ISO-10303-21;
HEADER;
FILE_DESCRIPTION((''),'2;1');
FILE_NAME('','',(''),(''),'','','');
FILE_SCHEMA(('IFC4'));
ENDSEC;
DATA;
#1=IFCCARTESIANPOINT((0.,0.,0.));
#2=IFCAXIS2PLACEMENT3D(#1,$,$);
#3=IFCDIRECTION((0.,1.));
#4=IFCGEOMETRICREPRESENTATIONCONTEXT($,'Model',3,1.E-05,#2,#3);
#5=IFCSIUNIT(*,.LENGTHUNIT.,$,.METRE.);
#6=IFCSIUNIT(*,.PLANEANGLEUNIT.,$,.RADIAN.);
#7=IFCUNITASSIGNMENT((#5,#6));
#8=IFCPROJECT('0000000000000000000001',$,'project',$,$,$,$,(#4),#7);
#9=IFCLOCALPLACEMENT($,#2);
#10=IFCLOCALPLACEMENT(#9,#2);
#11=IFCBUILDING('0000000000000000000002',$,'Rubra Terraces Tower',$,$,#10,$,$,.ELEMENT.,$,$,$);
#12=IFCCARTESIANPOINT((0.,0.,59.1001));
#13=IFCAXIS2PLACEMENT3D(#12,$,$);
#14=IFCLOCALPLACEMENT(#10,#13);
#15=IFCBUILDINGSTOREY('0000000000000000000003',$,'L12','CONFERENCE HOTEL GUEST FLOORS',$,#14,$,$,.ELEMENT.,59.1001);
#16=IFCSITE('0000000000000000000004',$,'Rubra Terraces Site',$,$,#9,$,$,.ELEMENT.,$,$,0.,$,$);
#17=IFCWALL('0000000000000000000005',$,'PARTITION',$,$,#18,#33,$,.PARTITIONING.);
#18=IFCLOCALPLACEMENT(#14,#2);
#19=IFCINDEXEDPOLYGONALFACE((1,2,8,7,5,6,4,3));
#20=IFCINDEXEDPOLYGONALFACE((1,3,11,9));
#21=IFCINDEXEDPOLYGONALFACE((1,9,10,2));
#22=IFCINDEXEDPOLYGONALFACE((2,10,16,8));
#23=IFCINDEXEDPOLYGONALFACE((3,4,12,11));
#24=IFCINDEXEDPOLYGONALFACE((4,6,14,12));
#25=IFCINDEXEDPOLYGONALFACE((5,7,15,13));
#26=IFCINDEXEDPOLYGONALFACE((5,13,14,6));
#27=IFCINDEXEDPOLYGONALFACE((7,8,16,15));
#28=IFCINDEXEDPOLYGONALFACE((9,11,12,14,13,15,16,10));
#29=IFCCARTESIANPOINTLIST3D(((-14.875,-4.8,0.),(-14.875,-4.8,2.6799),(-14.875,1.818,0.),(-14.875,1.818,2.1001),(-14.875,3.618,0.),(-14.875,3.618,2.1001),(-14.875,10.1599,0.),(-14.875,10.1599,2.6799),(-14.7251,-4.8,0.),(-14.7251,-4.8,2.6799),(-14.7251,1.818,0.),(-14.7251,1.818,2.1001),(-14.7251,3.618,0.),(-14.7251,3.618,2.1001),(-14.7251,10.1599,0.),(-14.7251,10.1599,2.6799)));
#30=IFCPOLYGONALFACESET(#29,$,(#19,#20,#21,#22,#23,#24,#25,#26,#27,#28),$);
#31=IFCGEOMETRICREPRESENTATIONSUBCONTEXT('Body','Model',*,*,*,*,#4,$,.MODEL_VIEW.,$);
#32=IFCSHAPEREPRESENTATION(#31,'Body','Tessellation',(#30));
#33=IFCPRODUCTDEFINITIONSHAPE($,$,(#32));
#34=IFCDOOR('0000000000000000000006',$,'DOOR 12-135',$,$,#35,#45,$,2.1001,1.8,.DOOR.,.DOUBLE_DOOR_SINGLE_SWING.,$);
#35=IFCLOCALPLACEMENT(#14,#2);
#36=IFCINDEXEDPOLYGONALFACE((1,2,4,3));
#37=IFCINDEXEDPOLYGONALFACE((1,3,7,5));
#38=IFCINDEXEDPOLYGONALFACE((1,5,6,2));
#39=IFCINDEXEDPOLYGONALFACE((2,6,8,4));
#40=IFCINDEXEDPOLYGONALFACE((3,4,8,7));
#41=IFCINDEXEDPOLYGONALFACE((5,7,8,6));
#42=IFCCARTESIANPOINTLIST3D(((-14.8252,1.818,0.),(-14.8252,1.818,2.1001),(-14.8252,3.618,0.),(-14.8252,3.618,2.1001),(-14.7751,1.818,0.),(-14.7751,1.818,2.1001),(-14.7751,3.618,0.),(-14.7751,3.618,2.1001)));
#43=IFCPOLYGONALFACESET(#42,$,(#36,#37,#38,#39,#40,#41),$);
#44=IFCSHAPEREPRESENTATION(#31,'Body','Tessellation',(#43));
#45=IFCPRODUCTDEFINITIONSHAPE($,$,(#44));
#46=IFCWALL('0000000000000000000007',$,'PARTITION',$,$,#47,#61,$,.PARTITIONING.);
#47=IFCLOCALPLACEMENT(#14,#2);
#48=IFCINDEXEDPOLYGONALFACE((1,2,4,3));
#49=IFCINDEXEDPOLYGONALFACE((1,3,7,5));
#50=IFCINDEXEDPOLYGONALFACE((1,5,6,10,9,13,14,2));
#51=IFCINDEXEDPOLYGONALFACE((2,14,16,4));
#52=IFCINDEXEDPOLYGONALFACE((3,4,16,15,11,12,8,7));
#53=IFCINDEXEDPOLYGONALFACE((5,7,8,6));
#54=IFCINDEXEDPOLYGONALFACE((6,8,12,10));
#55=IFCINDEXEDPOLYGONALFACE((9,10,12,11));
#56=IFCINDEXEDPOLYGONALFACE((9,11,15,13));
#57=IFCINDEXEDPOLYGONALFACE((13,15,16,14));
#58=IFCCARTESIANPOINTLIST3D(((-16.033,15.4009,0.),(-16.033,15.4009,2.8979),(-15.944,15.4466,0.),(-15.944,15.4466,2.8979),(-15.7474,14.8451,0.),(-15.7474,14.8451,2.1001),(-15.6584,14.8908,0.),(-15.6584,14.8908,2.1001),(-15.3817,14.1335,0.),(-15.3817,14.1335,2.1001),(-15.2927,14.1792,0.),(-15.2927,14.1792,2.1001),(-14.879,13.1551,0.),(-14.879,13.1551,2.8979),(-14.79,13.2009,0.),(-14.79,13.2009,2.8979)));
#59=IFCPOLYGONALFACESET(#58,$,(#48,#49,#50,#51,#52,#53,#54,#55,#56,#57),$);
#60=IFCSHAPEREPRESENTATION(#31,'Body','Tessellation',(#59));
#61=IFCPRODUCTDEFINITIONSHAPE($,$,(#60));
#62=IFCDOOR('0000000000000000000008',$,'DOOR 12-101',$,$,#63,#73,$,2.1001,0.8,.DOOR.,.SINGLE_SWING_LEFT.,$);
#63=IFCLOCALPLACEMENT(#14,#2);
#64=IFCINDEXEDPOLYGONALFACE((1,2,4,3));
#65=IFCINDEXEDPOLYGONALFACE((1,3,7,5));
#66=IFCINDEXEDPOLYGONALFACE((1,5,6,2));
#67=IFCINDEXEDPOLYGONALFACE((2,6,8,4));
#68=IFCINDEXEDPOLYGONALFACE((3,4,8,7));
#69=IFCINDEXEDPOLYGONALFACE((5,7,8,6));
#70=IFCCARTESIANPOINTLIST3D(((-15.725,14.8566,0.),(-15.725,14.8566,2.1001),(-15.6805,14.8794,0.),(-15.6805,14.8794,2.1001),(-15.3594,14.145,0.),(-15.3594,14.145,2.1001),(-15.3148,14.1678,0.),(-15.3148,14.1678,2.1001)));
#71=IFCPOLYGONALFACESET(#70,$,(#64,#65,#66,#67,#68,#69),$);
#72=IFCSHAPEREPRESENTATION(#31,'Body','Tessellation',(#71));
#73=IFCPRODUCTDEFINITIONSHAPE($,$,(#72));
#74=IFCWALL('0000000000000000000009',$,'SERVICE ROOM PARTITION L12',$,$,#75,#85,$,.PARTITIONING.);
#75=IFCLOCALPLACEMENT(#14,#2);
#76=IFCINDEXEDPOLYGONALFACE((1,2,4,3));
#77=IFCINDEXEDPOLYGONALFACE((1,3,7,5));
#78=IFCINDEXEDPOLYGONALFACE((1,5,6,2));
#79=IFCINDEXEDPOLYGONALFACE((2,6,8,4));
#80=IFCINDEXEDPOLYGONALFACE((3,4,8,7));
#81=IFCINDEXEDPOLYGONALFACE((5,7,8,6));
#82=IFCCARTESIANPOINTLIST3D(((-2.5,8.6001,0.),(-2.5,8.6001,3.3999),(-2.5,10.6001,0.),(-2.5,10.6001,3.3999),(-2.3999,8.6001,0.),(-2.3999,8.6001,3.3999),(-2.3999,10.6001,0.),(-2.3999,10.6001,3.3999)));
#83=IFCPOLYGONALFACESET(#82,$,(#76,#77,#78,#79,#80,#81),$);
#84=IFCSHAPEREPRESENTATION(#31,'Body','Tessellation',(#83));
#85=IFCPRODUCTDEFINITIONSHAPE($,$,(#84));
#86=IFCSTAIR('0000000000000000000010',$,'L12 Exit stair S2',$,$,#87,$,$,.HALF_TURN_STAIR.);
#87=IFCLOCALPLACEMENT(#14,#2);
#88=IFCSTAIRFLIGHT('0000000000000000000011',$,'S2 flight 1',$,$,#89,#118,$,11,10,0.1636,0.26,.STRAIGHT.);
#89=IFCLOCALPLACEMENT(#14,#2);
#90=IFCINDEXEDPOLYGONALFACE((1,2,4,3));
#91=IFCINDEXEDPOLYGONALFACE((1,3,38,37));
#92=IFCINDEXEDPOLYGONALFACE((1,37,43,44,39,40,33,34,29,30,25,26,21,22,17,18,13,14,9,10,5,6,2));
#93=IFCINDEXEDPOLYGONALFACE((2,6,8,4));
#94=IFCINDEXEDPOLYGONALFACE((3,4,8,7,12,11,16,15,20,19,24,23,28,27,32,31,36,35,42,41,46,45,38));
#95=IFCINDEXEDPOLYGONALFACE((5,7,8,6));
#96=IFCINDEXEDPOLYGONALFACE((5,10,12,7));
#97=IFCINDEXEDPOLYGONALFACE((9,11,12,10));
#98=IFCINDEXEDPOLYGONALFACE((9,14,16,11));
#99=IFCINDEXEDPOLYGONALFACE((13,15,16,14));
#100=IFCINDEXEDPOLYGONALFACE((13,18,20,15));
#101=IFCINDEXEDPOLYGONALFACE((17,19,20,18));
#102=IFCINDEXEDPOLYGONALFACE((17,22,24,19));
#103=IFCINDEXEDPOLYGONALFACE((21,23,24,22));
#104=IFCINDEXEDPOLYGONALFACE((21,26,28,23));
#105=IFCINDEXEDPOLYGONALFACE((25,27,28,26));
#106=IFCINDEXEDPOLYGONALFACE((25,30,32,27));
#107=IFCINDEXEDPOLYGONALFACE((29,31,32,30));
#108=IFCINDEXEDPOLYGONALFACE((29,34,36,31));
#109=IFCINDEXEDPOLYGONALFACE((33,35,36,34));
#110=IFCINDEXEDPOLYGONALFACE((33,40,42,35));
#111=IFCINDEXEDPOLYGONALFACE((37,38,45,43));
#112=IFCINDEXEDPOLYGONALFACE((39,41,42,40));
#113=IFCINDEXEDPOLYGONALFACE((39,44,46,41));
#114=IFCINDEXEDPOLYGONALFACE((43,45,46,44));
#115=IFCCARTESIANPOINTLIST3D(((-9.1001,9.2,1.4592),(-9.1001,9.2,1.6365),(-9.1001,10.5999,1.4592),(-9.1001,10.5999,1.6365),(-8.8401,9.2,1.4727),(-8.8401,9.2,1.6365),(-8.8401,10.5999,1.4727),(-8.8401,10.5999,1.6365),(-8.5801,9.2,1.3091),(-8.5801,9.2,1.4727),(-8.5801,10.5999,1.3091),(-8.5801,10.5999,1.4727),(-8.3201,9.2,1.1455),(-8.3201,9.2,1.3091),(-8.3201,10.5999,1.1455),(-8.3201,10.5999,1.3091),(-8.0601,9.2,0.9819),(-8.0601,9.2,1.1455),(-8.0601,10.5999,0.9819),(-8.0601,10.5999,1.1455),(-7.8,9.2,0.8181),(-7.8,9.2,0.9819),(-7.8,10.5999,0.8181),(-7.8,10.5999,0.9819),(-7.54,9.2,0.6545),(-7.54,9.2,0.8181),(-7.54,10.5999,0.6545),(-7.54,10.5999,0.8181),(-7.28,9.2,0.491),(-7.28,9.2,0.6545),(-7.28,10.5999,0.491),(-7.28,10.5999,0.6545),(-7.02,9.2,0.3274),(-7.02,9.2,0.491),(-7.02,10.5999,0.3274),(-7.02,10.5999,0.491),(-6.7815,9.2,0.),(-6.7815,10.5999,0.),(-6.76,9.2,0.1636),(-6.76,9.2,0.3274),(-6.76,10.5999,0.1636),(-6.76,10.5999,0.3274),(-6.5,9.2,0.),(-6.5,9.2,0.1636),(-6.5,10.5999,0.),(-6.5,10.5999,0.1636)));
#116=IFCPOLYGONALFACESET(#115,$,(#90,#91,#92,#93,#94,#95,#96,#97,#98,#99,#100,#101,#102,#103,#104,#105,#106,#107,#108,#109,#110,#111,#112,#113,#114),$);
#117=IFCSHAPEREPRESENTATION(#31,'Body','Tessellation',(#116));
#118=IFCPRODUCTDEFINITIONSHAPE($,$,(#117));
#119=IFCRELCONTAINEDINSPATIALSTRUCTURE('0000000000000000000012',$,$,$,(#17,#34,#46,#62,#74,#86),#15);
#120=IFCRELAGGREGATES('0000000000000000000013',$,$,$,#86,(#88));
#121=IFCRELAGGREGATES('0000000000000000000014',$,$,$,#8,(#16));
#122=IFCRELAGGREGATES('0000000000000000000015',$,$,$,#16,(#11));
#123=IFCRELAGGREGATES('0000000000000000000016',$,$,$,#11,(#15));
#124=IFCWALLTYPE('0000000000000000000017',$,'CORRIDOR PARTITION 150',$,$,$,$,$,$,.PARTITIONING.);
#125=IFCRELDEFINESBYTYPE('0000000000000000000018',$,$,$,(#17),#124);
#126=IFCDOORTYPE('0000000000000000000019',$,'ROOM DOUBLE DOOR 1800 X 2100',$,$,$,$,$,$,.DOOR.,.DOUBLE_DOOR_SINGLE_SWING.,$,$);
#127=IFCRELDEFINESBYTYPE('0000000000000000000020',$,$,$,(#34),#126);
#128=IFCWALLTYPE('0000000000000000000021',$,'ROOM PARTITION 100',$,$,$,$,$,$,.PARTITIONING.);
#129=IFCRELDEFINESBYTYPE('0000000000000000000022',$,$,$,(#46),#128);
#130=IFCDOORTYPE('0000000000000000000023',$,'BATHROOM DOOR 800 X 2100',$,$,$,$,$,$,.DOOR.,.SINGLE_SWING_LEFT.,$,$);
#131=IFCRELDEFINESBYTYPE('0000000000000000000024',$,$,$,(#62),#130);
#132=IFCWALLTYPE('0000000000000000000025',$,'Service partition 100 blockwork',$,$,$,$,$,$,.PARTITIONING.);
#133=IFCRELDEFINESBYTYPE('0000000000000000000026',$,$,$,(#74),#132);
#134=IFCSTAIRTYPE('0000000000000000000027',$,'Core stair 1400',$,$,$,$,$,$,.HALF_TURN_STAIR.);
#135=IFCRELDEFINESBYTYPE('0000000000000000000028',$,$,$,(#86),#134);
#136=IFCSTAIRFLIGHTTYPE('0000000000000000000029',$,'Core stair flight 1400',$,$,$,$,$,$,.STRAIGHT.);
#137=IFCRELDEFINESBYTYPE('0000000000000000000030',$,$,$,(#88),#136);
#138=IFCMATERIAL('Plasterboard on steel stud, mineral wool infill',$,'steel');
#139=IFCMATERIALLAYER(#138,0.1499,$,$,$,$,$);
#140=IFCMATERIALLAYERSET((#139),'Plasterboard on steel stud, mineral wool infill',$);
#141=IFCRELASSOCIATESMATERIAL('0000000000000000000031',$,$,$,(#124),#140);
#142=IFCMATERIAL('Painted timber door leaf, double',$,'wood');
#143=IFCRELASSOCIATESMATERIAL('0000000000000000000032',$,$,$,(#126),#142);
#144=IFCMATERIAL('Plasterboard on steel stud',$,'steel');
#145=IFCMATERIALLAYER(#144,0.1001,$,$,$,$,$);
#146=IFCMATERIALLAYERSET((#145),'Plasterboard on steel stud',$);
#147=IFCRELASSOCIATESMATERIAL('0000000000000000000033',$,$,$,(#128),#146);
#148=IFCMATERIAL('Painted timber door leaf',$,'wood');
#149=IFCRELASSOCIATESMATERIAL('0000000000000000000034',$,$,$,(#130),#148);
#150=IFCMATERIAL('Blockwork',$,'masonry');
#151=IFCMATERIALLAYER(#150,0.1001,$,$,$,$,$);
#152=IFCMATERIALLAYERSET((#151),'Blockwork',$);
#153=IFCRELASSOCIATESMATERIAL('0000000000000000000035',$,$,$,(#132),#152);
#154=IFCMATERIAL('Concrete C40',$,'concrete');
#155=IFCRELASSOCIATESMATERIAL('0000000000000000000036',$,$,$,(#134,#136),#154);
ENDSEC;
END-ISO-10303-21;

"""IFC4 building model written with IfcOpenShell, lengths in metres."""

from ifc_helpers import new_model, si_unit, direction, frame, frame_2d, origin, place, context, subcontext, project, spatial, polyline, rectangle, outline, extrude, material, layer, layer_set, type_object, element, fill, aggregate, save


model = new_model("IFC4")

# Units and contexts
model_context = context("Model", 3, precision=1e-05, world=origin(), true_north=direction((0.0, 1.0)))
body_context = subcontext(model_context, "Body", "Model", "MODEL_VIEW")
ifc_project = project(units=[si_unit("LENGTHUNIT", "METRE"), si_unit("PLANEANGLEUNIT", "RADIAN")], contexts=[model_context])

# Site, building, storey
site_placement = place(None, origin())
site = spatial("IfcSite", under=ifc_project, at=site_placement, Name="Rubra Terraces Site", CompositionType="ELEMENT", RefElevation=0.0)
building_placement = place(site_placement, origin())
building = spatial("IfcBuilding", under=site, at=building_placement, Name="Rubra Terraces Tower", CompositionType="ELEMENT")
storey_placement = place(building_placement, frame((0.0, 0.0, 59.1001)))
storey = spatial("IfcBuildingStorey", under=building, at=storey_placement, Name="L12", Description="CONFERENCE HOTEL GUEST FLOORS", CompositionType="ELEMENT", Elevation=59.1001)

# Shared definitions
ifc_material_1 = material(Name="Plasterboard on steel stud, mineral wool infill", Category="steel")
ifc_layer_1 = layer(ifc_material_1, 0.1499)
ifc_layer_set_1 = layer_set([ifc_layer_1], Name="Plasterboard on steel stud, mineral wool infill")
wall_type_1 = type_object("IfcWallType", Name="CORRIDOR PARTITION 150", PredefinedType="PARTITIONING", material=ifc_layer_set_1)

# Walls, openings, doors
ifc_material_2 = material(Name="Painted timber door leaf", Category="wood")
wall_1_placement = place(storey_placement, frame((-14.8, 10.1599, 0.0), z_axis=(0.0, 0.0, 1.0), x_axis=(0.0, -1.0, 0.0)))
wall_1 = element("IfcWall", 1, at=wall_1_placement, inside=storey, type_object=wall_type_1, Name="PARTITION", PredefinedType="PARTITIONING", context=body_context, shape_type="SweptSolid", body=[
    extrude(rectangle(XDim=14.96, YDim=0.1499, at=frame_2d((7.48, 0.0))), origin(), (0.0, 0.0, 1.0), 2.6799),
])
opening_1_placement = place(wall_1_placement, frame((6.542, 0.0, 0.0)))
opening_1 = element("IfcOpeningElement", 2, at=opening_1_placement, cuts=wall_1, PredefinedType="OPENING", context=body_context, shape_type="SweptSolid", body=[
    extrude(rectangle(XDim=1.8, YDim=2.1001, at=frame_2d((0.8999, 1.05))), frame((0.0, 0.085, 0.0), z_axis=(0.0, -1.0, 0.0), x_axis=(1.0, 0.0, 0.0)), (0.0, 0.0, 1.0), 0.1699),
])
ifc_material_3 = material(Name="Painted timber door leaf, double", Category="wood")
door_type_1 = type_object("IfcDoorType", Name="ROOM DOUBLE DOOR 1800 X 2100", OperationType="DOUBLE_DOOR_SINGLE_SWING", PredefinedType="DOOR", material=ifc_material_3)
door_1_placement = place(opening_1_placement, origin())
door_1 = element("IfcDoor", 3, at=door_1_placement, inside=storey, type_object=door_type_1, Name="DOOR 12-135", OperationType="DOUBLE_DOOR_SINGLE_SWING", OverallHeight=2.1001, OverallWidth=1.8, PredefinedType="DOOR", context=body_context, shape_type="SweptSolid", body=[
    extrude(rectangle(XDim=1.8, YDim=2.1001, at=frame_2d((0.8999, 1.05))), frame((0.0, 0.0249, 0.0), z_axis=(0.0, -1.0, 0.0), x_axis=(1.0, 0.0, 0.0)), (0.0, 0.0, 1.0), 0.05),
])
fill(opening_1, door_1)
ifc_material_4 = material(Name="Plasterboard on steel stud", Category="steel")
ifc_layer_2 = layer(ifc_material_4, 0.1001)
ifc_layer_set_2 = layer_set([ifc_layer_2], Name="Plasterboard on steel stud")
wall_type_2 = type_object("IfcWallType", Name="ROOM PARTITION 100", PredefinedType="PARTITIONING", material=ifc_layer_set_2)
wall_2_placement = place(storey_placement, frame((-14.8345, 13.178, 0.0), z_axis=(0.0, 0.0, 1.0), x_axis=(-0.457049, 0.889442, 0.0)))
wall_2 = element("IfcWall", 4, at=wall_2_placement, inside=storey, type_object=wall_type_2, Name="PARTITION", PredefinedType="PARTITIONING", context=body_context, shape_type="SweptSolid", body=[
    extrude(rectangle(XDim=2.5249, YDim=0.1001, at=frame_2d((1.2625, 0.0))), origin(), (0.0, 0.0, 1.0), 2.8979),
])
opening_2_placement = place(wall_2_placement, frame((1.1001, 0.0, 0.0)))
opening_2 = element("IfcOpeningElement", 5, at=opening_2_placement, cuts=wall_2, PredefinedType="OPENING", context=body_context, shape_type="SweptSolid", body=[
    extrude(rectangle(XDim=0.8, YDim=2.1001, at=frame_2d((0.3999, 1.05))), frame((0.0, 0.0601, 0.0), z_axis=(0.0, -1.0, 0.0), x_axis=(1.0, 0.0, 0.0)), (0.0, 0.0, 1.0), 0.1201),
])
door_type_2 = type_object("IfcDoorType", Name="BATHROOM DOOR 800 X 2100", OperationType="SINGLE_SWING_LEFT", PredefinedType="DOOR", material=ifc_material_2)
door_2_placement = place(opening_2_placement, origin())
door_2 = element("IfcDoor", 6, at=door_2_placement, inside=storey, type_object=door_type_2, Name="DOOR 12-101", OperationType="SINGLE_SWING_LEFT", OverallHeight=2.1001, OverallWidth=0.8, PredefinedType="DOOR", context=body_context, shape_type="SweptSolid", body=[
    extrude(rectangle(XDim=0.8, YDim=2.1001, at=frame_2d((0.3999, 1.05))), frame((0.0, 0.0249, 0.0), z_axis=(0.0, -1.0, 0.0), x_axis=(1.0, 0.0, 0.0)), (0.0, 0.0, 1.0), 0.05),
])
fill(opening_2, door_2)

# Wall
ifc_material_5 = material(Name="Blockwork", Category="masonry")
ifc_layer_3 = layer(ifc_material_5, 0.1001)
ifc_layer_set_3 = layer_set([ifc_layer_3], Name="Blockwork")
wall_type_3 = type_object("IfcWallType", Name="Service partition 100 blockwork", PredefinedType="PARTITIONING", material=ifc_layer_set_3)
wall_3_placement = place(storey_placement, frame((-2.45, 8.6001, 0.0), z_axis=(0.0, 0.0, 1.0), x_axis=(0.0, 1.0, 0.0)))
element("IfcWall", 7, at=wall_3_placement, inside=storey, type_object=wall_type_3, Name="SERVICE ROOM PARTITION L12", PredefinedType="PARTITIONING", context=body_context, shape_type="SweptSolid", body=[
    extrude(rectangle(XDim=2.0, YDim=0.1001, at=frame_2d((1.0, 0.0))), origin(), (0.0, 0.0, 1.0), 3.3999),
])

# Stair, stair flight
ifc_material_6 = material(Name="Concrete C40", Category="concrete")
stair_type = type_object("IfcStairType", Name="Core stair 1400", PredefinedType="HALF_TURN_STAIR", material=ifc_material_6)
stair_placement = place(storey_placement, origin())
stair = element("IfcStair", 8, at=stair_placement, inside=storey, type_object=stair_type, Name="L12 Exit stair S2", PredefinedType="HALF_TURN_STAIR")
stair_flight_type = type_object("IfcStairFlightType", Name="Core stair flight 1400", PredefinedType="STRAIGHT", material=ifc_material_6)
stair_flight_placement = place(storey_placement, frame((-6.5, 9.8999, 0.0), z_axis=(0.0, 0.0, 1.0), x_axis=(-1.0, 0.0, 0.0)))
stair_flight = element("IfcStairFlight", 9, at=stair_flight_placement, type_object=stair_flight_type, Name="S2 flight 1", NumberOfRisers=11, NumberOfTreads=10, PredefinedType="STRAIGHT", RiserHeight=0.1636, TreadLength=0.26, context=body_context, shape_type="SweptSolid", body=[
    extrude(outline(polyline([(0.0, 0.0), (0.0, 0.1636), (0.26, 0.1636), (0.26, 0.3274), (0.52, 0.3274), (0.52, 0.491), (0.78, 0.491), (0.78, 0.6545), (1.04, 0.6545), (1.04, 0.8181), (1.3, 0.8181), (1.3, 0.9819), (1.5601, 0.9819), (1.5601, 1.1455), (1.8201, 1.1455), (1.8201, 1.3091), (2.0801, 1.3091), (2.0801, 1.4727), (2.3401, 1.4727), (2.3401, 1.6365), (2.6001, 1.6365), (2.6001, 1.8), (2.6001, 1.4592), (0.2815, 0.0), (0.0, 0.0)])), frame((0.0, 0.7, 0.0), z_axis=(0.0, -1.0, 0.0), x_axis=(1.0, 0.0, 0.0)), (0.0, 0.0, 1.0), 1.3999),
])
aggregate(stair, [stair_flight])

save(model, "model.ifc")
